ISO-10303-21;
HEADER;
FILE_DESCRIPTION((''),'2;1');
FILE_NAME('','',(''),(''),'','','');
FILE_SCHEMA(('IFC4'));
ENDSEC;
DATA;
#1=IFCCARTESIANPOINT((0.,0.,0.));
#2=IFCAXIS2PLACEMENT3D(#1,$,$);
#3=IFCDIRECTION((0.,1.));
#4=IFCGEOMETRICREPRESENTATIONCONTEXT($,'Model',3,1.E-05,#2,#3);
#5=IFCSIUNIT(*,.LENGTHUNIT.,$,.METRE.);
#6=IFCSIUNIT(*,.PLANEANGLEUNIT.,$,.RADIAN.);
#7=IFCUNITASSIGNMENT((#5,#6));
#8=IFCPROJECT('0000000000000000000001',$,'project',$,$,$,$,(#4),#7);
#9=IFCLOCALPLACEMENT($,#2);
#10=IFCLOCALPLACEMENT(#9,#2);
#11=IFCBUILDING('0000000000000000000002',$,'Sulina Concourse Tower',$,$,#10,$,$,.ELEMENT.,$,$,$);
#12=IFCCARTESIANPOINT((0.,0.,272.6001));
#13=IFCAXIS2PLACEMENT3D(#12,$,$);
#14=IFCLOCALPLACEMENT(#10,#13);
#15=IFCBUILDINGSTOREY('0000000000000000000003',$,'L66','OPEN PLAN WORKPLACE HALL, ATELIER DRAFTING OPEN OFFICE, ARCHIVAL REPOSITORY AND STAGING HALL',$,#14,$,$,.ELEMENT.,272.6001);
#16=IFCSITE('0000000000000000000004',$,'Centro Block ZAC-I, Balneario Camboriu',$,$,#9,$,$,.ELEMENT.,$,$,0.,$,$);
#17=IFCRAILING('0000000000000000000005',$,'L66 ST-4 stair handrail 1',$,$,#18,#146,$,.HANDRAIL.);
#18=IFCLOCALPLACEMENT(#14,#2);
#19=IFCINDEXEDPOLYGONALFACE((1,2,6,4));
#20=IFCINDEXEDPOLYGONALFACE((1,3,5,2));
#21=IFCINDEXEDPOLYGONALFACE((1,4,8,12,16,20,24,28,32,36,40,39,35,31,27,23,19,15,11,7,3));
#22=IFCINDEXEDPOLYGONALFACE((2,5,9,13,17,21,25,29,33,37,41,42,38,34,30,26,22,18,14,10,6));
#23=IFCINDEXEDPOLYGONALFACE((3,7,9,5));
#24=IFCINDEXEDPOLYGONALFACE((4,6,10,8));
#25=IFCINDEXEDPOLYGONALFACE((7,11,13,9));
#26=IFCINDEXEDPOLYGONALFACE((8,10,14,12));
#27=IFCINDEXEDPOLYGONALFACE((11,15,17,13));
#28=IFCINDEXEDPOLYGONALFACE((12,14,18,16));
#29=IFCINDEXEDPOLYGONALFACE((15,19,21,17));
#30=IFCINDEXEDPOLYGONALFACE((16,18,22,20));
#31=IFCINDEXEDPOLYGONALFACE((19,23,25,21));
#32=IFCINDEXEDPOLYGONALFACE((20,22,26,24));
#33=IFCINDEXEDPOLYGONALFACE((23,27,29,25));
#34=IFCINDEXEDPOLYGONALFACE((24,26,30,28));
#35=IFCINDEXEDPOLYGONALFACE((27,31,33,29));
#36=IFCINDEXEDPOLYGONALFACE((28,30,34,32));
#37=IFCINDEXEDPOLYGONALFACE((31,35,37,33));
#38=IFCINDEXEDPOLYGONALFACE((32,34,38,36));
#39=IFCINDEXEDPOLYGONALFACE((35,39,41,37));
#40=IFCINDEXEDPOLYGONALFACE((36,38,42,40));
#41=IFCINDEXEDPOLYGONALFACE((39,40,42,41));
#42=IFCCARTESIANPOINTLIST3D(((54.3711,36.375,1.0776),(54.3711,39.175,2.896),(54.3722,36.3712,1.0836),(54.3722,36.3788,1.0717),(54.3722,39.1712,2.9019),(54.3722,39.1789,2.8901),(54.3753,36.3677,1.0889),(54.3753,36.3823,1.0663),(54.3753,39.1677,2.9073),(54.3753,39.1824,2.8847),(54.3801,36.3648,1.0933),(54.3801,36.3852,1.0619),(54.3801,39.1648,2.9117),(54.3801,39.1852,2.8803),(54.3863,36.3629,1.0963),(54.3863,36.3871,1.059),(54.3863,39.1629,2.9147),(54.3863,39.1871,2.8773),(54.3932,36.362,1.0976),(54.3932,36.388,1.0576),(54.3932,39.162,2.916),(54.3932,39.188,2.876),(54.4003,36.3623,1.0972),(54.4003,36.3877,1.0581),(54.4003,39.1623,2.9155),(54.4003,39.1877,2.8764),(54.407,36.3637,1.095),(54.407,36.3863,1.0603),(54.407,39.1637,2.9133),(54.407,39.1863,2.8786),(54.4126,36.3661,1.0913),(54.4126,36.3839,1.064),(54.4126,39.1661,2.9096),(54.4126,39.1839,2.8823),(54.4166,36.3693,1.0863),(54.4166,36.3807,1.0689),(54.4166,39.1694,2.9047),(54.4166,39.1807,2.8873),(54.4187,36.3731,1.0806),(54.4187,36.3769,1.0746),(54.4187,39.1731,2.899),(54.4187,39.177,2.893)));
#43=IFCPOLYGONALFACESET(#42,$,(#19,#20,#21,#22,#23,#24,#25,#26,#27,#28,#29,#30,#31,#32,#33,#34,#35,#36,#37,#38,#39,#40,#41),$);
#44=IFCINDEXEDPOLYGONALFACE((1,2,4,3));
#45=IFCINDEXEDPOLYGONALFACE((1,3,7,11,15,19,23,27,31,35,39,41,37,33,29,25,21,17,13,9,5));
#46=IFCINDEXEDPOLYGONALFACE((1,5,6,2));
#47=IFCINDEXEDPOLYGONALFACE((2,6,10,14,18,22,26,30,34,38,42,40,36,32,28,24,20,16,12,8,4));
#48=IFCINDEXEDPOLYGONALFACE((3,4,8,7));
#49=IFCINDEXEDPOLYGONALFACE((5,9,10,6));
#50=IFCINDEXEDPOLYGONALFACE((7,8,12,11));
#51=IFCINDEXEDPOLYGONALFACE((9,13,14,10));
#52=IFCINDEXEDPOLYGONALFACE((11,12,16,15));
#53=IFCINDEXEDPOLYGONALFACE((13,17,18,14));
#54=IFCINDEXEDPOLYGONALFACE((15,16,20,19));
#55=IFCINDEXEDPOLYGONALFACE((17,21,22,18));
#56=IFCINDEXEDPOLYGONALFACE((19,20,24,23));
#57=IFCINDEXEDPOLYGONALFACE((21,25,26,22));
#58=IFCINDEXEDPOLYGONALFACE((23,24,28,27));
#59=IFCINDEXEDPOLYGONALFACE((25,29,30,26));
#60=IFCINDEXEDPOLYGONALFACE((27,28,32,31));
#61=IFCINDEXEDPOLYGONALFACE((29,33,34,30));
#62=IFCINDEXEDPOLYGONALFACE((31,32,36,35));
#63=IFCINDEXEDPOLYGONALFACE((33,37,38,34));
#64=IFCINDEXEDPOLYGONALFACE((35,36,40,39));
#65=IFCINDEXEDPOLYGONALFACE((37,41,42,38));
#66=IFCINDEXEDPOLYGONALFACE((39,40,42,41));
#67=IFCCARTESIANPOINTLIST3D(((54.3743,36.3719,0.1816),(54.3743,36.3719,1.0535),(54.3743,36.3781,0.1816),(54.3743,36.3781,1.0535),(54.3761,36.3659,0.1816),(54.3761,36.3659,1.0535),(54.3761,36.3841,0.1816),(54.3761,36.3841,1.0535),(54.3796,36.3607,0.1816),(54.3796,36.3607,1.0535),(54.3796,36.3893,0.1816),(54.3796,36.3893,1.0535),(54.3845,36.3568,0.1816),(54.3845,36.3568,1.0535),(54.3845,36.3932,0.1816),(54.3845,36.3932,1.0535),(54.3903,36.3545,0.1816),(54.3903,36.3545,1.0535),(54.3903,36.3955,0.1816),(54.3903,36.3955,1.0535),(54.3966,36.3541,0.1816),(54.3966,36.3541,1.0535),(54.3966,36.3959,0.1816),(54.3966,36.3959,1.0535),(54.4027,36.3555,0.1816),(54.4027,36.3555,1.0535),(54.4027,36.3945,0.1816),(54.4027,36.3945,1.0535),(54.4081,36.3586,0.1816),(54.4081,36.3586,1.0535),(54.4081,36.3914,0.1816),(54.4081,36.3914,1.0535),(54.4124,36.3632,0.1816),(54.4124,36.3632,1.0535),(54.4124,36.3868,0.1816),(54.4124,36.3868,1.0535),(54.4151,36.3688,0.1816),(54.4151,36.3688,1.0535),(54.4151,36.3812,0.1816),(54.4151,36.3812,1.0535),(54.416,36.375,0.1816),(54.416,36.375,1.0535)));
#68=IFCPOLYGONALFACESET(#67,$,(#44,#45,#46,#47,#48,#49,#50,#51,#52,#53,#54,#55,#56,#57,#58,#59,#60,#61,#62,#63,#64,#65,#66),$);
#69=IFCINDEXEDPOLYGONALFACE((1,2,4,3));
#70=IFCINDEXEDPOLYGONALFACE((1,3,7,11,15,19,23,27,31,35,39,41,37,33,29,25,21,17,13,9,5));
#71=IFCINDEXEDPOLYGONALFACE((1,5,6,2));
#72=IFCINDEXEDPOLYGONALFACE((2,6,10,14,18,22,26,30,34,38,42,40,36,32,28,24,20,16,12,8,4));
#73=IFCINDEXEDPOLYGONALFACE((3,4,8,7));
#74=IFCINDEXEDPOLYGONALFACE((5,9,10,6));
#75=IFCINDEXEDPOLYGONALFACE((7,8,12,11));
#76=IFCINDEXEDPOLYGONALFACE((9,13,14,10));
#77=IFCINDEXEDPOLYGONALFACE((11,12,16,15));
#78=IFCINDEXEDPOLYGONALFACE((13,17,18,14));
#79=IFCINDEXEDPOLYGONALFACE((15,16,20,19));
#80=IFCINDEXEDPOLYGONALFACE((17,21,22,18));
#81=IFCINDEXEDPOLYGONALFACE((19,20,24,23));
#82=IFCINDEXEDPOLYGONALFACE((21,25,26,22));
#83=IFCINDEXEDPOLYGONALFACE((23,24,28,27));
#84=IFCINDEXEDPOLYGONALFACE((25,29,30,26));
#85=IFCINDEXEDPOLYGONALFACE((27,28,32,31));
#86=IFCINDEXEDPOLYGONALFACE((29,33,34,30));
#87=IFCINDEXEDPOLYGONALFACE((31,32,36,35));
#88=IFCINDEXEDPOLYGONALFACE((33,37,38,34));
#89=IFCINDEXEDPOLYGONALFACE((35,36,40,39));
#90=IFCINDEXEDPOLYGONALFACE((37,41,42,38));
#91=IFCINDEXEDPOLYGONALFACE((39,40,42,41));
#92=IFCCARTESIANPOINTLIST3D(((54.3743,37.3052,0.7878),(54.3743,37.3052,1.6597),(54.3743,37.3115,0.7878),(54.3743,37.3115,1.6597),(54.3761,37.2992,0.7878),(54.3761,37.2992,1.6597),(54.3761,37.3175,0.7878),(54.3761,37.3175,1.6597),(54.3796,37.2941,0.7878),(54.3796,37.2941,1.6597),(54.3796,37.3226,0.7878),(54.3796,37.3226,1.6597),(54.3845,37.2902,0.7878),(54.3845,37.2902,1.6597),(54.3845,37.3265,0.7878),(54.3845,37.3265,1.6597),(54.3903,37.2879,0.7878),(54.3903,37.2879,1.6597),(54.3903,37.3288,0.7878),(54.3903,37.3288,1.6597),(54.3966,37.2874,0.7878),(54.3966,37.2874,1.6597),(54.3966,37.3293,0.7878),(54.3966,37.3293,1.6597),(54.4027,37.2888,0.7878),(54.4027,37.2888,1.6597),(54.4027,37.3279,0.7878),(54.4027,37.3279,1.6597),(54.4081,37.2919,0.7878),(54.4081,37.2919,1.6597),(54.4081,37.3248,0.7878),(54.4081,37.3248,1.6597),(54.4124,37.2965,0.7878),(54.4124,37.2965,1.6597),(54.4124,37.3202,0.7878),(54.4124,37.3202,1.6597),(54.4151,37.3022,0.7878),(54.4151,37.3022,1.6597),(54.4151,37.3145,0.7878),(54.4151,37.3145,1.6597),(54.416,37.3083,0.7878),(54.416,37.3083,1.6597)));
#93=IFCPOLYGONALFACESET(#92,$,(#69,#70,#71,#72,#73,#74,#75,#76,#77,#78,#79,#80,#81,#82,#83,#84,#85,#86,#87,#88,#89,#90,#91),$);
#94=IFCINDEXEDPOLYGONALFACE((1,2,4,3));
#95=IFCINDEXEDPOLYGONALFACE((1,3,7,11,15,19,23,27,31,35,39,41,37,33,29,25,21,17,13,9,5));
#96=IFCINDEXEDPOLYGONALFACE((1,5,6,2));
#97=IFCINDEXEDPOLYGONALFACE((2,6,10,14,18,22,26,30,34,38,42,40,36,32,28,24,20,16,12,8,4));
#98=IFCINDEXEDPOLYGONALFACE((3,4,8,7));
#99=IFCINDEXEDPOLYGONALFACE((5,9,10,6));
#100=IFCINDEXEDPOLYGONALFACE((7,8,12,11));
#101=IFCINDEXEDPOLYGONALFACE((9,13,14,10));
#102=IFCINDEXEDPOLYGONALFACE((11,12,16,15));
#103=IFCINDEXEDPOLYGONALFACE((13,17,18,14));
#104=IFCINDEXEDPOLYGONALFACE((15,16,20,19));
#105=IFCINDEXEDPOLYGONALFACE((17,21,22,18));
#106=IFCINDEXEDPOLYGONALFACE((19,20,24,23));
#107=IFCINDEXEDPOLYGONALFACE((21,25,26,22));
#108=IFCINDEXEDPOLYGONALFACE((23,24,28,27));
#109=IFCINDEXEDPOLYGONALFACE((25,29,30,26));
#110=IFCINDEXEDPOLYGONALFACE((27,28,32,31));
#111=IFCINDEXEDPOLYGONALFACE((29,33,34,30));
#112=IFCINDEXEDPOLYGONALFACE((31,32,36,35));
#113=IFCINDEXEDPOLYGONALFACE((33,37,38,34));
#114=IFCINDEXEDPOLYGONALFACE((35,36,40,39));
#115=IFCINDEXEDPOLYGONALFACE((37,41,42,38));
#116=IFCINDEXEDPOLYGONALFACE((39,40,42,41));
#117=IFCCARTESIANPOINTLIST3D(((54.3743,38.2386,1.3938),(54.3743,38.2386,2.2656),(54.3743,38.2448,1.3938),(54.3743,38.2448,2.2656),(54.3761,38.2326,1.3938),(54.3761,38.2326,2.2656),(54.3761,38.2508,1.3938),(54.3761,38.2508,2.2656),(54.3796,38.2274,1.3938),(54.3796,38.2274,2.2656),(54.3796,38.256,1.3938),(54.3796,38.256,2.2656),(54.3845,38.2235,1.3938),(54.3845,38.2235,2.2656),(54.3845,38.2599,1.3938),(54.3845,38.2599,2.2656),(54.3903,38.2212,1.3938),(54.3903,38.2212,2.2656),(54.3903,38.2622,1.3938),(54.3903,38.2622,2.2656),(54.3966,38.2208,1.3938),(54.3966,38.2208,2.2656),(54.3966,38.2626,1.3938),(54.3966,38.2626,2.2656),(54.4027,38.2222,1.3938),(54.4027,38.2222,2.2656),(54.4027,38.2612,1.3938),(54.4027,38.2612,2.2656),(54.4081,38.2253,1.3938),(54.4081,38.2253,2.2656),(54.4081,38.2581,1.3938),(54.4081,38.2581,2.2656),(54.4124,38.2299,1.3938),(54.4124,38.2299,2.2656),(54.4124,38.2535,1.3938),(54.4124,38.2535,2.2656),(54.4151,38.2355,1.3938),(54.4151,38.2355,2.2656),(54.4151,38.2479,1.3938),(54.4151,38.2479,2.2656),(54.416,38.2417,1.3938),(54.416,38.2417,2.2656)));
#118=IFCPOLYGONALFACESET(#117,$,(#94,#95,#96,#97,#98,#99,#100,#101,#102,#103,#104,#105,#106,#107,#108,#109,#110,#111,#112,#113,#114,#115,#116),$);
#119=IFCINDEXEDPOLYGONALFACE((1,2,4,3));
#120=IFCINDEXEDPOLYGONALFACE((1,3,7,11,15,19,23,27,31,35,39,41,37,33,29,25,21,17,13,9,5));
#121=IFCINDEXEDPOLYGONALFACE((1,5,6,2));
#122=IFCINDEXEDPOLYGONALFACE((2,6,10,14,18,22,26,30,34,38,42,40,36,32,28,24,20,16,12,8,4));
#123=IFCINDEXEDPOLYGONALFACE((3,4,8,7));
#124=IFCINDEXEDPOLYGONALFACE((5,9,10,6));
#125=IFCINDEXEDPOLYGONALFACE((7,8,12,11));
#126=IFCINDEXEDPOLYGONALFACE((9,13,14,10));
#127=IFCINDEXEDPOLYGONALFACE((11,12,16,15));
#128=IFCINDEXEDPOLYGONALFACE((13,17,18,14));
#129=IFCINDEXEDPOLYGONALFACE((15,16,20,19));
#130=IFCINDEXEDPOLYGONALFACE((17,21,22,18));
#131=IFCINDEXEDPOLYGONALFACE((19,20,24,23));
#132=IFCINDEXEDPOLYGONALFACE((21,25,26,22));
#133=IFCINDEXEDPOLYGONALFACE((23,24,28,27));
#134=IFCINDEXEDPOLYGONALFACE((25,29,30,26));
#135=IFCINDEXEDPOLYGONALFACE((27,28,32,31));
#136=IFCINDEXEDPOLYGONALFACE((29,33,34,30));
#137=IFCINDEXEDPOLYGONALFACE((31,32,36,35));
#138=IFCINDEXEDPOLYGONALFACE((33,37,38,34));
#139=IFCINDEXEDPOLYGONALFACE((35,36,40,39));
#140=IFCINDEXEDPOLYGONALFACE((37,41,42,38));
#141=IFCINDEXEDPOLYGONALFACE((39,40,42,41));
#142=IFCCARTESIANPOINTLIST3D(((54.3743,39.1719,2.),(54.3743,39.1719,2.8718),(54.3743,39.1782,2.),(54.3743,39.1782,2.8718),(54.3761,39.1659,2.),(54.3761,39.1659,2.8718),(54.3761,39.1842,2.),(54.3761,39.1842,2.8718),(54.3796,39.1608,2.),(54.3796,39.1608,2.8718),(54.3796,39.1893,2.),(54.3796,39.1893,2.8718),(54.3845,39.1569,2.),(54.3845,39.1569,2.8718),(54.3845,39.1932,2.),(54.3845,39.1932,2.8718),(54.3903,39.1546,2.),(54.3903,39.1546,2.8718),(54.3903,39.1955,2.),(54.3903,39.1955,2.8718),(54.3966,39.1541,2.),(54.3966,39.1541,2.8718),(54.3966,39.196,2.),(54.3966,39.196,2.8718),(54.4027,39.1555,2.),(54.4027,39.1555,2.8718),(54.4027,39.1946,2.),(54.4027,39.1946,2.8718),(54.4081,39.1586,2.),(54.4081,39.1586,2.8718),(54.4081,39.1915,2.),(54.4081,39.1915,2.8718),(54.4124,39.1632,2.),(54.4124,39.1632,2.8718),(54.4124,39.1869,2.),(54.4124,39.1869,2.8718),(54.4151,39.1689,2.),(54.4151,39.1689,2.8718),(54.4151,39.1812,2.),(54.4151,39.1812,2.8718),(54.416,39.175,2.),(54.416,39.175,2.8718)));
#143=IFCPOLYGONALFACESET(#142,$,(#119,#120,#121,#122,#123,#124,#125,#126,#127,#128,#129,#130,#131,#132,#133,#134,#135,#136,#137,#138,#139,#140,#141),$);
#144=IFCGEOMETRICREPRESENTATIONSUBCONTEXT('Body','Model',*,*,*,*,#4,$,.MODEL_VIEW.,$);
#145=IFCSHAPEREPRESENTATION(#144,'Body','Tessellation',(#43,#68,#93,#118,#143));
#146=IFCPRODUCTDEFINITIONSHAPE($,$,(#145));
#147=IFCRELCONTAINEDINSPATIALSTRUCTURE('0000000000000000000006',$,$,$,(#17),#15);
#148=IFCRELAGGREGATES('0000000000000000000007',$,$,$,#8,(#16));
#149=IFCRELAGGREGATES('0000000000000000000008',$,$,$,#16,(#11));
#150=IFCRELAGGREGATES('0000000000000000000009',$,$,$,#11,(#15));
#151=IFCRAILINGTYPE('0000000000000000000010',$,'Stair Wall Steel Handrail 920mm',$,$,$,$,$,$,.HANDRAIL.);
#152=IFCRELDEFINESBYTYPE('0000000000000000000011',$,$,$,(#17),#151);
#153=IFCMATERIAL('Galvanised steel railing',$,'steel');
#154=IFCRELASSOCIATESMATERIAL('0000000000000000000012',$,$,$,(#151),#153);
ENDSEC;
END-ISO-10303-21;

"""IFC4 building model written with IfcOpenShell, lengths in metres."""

from ifc_helpers import new_model, si_unit, direction, frame, origin, origin_2d, place, context, subcontext, project, spatial, circle, extrude, material, type_object, element, save


model = new_model("IFC4")

# Units and contexts
model_context = context("Model", 3, precision=1e-05, world=origin(), true_north=direction((0.0, 1.0)))
body_context = subcontext(model_context, "Body", "Model", "MODEL_VIEW")
ifc_project = project(units=[si_unit("LENGTHUNIT", "METRE"), si_unit("PLANEANGLEUNIT", "RADIAN")], contexts=[model_context])

# Site, building, storey
site_placement = place(None, origin())
site = spatial("IfcSite", under=ifc_project, at=site_placement, Name="Centro Block ZAC-I, Balneario Camboriu", CompositionType="ELEMENT", RefElevation=0.0)
building_placement = place(site_placement, origin())
building = spatial("IfcBuilding", under=site, at=building_placement, Name="Sulina Concourse Tower", CompositionType="ELEMENT")
storey_placement = place(building_placement, frame((0.0, 0.0, 272.6001)))
storey = spatial("IfcBuildingStorey", under=building, at=storey_placement, Name="L66", Description="OPEN PLAN WORKPLACE HALL, ATELIER DRAFTING OPEN OFFICE, ARCHIVAL REPOSITORY AND STAGING HALL", CompositionType="ELEMENT", Elevation=272.6001)

# Railing
ifc_material_1 = material(Name="Galvanised steel railing", Category="steel")
railing_type_1 = type_object("IfcRailingType", Name="Stair Wall Steel Handrail 920mm", PredefinedType="HANDRAIL", material=ifc_material_1)
for number, where, name in (
    (1, (54.395, 36.375, 0.1816), "L66 ST-4 stair handrail 1"),
):
    element("IfcRailing", number, at=place(storey_placement, frame(where)), inside=storey, type_object=railing_type_1, Name=name, PredefinedType="HANDRAIL", context=body_context, shape_type="SweptSolid", body=[
        extrude(circle(Radius=0.0239, at=origin_2d()), frame((0.0, 0.0, 0.896), z_axis=(0.0, 0.838672, 0.544636), x_axis=(-1.0, 0.0, 0.0)), (0.0, 0.0, 1.0), 3.3386),
        extrude(circle(Radius=0.021, at=origin_2d()), origin(), (0.0, 0.0, 1.0), 0.8718),
        extrude(circle(Radius=0.021, at=origin_2d()), frame((0.0, 0.9333, 0.6062)), (0.0, 0.0, 1.0), 0.8718),
        extrude(circle(Radius=0.021, at=origin_2d()), frame((0.0, 1.8667, 1.2122)), (0.0, 0.0, 1.0), 0.8718),
        extrude(circle(Radius=0.021, at=origin_2d()), frame((0.0, 2.8, 1.8184)), (0.0, 0.0, 1.0), 0.8718),
    ])

save(model, "model.ifc")
